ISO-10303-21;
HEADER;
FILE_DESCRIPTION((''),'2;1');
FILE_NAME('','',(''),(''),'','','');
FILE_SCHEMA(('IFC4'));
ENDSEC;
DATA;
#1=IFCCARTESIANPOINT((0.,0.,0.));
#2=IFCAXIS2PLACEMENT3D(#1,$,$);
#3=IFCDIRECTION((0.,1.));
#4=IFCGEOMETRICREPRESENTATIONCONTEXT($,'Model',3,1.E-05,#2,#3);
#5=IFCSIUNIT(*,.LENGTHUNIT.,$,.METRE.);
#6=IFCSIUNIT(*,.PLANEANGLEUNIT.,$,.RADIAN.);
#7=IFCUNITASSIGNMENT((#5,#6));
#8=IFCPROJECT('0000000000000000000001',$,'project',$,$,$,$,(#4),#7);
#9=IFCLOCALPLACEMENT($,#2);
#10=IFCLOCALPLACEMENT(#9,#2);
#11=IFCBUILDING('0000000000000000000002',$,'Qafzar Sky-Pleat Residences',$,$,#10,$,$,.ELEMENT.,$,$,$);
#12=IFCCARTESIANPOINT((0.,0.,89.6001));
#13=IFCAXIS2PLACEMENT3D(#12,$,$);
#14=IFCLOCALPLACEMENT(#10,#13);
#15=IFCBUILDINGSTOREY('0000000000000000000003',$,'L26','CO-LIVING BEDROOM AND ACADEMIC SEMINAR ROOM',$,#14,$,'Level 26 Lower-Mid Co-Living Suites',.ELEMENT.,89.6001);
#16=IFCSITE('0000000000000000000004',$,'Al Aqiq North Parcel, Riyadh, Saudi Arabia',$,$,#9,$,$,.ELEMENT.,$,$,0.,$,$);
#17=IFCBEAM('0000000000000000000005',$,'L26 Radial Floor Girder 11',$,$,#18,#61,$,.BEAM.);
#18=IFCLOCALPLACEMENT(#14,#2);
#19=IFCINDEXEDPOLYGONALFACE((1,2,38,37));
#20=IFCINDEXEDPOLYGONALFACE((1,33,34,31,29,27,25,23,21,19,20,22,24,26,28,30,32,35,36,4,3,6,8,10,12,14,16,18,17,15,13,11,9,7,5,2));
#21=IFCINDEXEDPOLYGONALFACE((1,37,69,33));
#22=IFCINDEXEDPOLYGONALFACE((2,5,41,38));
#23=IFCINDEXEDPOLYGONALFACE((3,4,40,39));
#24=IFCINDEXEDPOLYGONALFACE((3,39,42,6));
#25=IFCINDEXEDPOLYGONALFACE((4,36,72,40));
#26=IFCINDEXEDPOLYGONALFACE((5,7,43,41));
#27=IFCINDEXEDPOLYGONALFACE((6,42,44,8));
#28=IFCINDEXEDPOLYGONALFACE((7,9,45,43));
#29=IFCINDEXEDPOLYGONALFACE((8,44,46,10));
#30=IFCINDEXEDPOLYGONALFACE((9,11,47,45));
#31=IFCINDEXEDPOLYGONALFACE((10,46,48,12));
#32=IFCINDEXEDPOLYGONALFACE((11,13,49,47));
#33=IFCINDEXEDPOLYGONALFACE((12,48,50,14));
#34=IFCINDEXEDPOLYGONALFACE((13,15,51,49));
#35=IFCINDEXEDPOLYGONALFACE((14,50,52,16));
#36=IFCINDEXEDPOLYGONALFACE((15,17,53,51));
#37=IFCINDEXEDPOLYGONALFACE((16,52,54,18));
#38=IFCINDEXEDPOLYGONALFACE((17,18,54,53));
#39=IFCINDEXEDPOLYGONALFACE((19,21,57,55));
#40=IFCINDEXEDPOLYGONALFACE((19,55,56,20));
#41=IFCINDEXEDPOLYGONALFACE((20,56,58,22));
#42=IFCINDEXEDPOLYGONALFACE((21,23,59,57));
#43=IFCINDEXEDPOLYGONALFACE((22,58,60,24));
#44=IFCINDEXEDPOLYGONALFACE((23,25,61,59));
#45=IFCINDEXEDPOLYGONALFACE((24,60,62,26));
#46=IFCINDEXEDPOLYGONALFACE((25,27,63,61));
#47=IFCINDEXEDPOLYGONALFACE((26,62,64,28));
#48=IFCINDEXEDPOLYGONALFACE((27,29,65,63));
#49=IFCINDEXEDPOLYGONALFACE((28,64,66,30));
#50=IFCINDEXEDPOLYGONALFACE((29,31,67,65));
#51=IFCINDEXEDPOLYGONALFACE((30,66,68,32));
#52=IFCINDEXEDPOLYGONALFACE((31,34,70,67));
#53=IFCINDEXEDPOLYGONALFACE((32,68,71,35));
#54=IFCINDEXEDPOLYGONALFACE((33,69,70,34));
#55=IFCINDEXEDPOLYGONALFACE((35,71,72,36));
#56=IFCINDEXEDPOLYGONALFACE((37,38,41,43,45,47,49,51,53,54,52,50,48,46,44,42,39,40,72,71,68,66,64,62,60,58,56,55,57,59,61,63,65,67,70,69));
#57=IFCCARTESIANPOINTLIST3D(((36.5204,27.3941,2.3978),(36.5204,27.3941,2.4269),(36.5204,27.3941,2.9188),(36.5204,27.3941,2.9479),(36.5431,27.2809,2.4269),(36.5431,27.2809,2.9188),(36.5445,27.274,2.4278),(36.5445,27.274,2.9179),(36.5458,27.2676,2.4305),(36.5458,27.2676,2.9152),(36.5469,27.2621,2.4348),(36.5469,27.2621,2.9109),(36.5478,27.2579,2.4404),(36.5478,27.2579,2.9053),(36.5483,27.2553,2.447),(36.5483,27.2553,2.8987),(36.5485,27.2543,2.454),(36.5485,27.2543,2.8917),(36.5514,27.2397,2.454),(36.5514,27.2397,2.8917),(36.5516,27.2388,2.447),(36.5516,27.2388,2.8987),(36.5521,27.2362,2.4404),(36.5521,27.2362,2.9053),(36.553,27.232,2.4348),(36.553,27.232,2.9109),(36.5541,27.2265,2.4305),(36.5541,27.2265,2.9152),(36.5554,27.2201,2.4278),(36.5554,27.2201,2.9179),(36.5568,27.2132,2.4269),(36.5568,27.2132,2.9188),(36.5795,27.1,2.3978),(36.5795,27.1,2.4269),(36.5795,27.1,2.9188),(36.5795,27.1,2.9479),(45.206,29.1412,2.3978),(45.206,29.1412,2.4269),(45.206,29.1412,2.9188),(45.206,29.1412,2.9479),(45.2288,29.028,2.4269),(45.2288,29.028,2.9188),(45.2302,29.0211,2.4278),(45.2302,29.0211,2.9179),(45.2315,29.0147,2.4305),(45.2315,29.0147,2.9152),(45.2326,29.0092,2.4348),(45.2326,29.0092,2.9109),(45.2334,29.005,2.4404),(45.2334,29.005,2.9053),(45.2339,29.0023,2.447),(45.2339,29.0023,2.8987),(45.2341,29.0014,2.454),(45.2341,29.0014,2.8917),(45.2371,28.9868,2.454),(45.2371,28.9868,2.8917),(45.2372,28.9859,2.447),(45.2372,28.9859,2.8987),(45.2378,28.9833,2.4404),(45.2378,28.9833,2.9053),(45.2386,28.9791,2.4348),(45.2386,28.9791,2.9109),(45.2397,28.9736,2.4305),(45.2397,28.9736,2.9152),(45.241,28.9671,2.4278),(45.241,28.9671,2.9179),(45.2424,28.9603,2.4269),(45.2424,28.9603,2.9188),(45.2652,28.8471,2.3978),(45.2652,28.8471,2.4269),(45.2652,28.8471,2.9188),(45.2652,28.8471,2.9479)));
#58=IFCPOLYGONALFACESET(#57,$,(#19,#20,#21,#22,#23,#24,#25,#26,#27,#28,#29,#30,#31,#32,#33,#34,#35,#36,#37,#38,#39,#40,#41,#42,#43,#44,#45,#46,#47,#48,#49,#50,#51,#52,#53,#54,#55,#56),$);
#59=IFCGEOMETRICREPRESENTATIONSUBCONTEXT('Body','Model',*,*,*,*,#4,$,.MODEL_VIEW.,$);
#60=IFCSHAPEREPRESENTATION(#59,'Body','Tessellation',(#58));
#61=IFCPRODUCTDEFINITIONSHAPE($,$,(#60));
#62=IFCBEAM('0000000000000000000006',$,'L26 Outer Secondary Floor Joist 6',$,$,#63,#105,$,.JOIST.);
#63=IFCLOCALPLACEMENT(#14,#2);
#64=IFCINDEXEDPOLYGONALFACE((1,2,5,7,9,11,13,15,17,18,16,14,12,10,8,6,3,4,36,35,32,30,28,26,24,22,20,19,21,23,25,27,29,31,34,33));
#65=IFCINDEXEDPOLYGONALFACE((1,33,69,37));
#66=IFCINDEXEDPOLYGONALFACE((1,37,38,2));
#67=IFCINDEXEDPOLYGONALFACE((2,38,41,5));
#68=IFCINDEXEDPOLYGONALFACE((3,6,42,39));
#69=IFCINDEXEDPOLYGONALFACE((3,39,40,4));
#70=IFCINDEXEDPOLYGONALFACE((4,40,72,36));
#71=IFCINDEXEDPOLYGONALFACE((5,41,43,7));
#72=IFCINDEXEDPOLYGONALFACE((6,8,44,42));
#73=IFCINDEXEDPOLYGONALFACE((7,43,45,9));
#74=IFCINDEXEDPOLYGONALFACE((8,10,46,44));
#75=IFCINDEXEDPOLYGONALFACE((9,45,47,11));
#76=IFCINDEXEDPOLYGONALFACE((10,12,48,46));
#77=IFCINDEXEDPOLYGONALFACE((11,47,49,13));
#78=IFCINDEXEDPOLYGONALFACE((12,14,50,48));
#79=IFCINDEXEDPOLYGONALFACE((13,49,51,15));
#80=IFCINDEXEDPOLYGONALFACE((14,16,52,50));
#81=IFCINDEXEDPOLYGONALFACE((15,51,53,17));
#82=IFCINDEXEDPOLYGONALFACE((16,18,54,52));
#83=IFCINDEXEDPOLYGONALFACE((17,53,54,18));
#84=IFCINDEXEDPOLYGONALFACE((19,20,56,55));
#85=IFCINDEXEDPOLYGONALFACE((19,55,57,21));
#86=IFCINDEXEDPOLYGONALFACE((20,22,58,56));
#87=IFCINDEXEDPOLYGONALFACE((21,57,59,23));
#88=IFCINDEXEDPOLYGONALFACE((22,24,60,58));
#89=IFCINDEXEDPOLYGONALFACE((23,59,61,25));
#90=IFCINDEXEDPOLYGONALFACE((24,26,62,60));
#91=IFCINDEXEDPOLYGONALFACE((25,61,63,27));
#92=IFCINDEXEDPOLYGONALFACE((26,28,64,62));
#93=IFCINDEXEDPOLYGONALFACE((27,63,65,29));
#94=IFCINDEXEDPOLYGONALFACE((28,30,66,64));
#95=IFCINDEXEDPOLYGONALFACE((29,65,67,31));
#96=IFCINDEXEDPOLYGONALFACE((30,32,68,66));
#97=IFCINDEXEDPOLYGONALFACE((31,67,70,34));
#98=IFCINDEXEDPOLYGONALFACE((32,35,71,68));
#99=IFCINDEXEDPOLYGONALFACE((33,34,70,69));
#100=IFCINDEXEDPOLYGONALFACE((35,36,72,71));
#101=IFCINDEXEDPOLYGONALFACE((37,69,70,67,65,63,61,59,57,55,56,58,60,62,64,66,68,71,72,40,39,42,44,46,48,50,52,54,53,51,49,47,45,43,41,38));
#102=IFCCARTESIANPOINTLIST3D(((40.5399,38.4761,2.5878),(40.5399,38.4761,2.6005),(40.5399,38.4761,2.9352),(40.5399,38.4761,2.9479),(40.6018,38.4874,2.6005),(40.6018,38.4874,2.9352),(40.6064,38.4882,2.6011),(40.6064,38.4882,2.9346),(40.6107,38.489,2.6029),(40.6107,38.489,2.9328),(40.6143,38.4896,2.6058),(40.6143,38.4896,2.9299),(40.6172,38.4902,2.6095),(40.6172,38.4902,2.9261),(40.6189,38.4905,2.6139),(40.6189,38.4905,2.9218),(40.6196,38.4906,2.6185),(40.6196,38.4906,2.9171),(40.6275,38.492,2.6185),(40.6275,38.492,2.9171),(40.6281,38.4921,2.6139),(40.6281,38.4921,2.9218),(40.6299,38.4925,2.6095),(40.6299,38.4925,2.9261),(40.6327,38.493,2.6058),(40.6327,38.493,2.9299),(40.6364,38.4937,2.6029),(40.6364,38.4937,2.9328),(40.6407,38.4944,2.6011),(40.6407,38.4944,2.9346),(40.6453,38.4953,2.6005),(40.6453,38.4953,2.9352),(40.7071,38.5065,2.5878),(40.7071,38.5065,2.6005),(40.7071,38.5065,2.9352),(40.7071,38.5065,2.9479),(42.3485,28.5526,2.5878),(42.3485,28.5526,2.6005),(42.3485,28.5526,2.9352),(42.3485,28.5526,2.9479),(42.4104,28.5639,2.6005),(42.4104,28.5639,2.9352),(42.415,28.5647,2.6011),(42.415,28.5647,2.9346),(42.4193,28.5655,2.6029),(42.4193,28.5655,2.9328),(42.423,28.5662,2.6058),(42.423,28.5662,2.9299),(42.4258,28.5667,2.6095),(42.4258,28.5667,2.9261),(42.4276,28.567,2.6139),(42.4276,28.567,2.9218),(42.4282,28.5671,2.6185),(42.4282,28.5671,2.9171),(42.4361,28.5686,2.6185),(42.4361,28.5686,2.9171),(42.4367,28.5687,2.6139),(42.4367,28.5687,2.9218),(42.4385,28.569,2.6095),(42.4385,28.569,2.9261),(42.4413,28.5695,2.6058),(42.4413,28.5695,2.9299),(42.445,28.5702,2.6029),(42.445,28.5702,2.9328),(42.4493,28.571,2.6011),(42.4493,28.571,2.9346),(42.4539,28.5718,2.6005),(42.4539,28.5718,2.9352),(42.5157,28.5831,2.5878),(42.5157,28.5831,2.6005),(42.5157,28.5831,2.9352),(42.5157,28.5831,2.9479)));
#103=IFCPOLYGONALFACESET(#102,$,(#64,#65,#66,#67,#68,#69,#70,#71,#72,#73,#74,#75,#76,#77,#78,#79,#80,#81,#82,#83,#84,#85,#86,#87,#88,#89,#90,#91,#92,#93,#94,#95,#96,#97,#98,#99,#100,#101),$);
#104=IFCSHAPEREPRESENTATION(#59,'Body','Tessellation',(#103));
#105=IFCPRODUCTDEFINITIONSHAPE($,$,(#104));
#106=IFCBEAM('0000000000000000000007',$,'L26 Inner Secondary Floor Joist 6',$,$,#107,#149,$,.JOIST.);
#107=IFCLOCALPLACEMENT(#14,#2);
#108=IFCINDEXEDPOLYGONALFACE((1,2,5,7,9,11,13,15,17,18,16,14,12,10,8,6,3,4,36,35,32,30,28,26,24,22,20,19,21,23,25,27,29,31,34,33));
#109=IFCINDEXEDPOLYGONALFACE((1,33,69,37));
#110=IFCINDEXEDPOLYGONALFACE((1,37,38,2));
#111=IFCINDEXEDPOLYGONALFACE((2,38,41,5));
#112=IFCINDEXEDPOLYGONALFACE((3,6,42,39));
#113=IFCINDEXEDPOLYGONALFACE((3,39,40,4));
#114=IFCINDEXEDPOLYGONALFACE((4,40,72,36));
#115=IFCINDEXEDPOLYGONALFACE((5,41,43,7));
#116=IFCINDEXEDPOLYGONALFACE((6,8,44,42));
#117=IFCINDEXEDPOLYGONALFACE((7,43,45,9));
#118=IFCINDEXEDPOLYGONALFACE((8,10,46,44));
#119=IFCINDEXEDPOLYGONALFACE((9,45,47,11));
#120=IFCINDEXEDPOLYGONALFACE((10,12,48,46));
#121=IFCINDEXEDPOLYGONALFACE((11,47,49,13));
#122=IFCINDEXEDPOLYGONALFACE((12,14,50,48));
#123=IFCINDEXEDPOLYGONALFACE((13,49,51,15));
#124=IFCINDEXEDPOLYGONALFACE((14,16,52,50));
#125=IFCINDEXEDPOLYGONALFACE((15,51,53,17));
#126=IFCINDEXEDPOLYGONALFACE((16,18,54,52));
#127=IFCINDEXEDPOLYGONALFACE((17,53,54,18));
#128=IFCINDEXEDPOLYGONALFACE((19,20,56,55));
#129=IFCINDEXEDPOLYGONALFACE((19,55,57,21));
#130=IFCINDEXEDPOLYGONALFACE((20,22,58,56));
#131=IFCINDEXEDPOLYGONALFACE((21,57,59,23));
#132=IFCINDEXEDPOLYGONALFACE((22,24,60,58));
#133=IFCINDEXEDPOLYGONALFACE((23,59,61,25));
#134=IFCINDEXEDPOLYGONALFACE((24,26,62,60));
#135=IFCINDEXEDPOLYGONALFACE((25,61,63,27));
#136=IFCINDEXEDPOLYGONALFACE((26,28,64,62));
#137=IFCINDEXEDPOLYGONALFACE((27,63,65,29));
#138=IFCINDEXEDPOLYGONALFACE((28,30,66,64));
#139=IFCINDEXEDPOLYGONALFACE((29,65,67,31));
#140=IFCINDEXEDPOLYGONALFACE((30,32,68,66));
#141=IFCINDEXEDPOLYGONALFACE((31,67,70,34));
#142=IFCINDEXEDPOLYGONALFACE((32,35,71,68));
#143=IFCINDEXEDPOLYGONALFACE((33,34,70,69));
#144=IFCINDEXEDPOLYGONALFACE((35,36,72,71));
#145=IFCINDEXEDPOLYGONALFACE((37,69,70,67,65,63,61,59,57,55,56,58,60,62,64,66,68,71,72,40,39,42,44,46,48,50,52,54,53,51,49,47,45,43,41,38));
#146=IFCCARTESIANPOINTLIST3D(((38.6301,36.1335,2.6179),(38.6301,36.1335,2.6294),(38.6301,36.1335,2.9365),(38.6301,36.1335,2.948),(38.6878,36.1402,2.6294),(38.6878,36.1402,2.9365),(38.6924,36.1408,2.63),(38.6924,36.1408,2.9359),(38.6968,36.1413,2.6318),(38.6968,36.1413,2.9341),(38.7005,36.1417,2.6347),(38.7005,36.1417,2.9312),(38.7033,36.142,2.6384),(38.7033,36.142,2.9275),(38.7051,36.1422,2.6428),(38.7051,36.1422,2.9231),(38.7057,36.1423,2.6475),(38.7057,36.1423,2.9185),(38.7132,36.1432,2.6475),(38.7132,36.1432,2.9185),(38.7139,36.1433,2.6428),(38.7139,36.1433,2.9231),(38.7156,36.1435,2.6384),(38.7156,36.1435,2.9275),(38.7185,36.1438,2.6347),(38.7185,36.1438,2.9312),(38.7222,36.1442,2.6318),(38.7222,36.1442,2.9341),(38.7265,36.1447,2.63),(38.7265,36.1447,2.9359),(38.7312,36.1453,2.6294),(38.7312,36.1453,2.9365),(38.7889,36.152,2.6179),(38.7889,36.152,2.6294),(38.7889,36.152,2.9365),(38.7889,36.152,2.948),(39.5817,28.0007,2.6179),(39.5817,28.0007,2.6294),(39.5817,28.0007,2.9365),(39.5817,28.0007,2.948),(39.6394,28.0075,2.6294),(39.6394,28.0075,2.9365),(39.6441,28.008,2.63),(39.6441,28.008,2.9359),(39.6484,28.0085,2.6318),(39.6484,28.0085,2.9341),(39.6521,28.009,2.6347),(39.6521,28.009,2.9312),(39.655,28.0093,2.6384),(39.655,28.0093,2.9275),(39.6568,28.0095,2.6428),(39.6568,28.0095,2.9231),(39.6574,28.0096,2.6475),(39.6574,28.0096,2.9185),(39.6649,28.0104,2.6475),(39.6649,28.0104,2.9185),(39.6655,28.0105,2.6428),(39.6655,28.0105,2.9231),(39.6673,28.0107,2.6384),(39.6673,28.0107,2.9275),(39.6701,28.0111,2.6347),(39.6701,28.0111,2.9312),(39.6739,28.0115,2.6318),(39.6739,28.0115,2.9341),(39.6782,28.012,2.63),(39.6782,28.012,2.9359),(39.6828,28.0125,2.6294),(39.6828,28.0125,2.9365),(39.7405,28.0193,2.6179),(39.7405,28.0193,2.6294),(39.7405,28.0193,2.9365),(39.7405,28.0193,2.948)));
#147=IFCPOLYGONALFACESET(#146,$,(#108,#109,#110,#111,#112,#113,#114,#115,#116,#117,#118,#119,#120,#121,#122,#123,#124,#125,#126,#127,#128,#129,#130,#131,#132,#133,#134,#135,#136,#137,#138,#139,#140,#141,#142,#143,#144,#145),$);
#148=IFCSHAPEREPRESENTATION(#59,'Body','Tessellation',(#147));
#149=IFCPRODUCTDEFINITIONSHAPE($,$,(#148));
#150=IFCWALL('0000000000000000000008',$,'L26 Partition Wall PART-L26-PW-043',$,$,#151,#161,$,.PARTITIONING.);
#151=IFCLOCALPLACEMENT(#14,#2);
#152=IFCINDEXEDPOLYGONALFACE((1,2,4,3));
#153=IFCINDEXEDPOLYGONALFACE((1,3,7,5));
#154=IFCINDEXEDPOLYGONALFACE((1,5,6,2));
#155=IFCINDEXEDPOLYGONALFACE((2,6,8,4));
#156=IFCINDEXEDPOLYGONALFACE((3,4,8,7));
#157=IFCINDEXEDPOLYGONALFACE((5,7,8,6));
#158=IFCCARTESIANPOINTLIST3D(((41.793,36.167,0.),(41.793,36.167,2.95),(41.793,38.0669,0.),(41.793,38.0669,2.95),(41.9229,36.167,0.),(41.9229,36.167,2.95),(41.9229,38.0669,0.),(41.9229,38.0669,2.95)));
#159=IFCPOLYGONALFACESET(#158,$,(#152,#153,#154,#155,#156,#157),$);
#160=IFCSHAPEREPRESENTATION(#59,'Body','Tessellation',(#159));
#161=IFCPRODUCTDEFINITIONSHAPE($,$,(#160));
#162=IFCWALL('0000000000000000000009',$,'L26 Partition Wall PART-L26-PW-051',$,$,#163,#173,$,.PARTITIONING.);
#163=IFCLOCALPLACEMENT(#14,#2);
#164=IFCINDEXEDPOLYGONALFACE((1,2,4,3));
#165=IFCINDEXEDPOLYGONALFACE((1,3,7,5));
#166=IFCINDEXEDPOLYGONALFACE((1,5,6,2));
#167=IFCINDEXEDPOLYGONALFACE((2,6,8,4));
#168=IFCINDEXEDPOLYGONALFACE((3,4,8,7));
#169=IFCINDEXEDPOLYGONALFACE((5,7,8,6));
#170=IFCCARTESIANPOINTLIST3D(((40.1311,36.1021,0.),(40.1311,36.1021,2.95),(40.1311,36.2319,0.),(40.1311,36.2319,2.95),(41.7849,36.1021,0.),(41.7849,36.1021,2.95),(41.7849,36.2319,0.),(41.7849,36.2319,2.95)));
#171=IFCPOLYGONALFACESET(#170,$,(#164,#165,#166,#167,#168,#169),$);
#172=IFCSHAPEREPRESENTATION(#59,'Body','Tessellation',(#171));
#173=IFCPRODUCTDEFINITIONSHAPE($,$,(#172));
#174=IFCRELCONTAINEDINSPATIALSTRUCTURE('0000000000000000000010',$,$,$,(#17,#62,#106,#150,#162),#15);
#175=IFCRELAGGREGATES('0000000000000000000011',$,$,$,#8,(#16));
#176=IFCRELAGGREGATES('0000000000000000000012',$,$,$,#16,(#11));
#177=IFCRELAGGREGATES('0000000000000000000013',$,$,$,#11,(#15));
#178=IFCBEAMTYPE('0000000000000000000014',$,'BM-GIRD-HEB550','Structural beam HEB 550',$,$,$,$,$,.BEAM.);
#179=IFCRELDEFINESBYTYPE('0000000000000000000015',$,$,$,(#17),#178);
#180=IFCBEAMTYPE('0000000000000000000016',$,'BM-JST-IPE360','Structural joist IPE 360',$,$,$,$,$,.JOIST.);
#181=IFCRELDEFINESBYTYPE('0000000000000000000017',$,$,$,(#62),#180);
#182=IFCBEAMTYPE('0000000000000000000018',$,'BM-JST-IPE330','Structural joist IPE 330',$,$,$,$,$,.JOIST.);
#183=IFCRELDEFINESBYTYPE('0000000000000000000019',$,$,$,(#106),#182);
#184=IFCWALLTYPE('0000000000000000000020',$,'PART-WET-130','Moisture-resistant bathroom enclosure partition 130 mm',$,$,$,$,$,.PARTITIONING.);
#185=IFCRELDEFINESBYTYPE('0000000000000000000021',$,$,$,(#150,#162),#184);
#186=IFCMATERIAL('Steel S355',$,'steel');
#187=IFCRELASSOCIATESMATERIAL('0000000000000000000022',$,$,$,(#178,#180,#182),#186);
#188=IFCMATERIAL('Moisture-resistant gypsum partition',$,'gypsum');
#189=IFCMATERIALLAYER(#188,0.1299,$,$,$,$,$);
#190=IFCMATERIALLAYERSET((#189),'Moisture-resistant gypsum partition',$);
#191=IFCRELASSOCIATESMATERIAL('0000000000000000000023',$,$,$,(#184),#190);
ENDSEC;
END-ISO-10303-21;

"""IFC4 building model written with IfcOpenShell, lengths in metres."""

from ifc_helpers import new_model, si_unit, direction, frame, frame_2d, origin, origin_2d, place, context, subcontext, project, spatial, rectangle, i_section, extrude, source, transform, mapped, material, layer, layer_set, material_profile, profile_set, type_object, element, save


model = new_model("IFC4")

# Units and contexts
model_context = context("Model", 3, precision=1e-05, world=origin(), true_north=direction((0.0, 1.0)))
body_context = subcontext(model_context, "Body", "Model", "MODEL_VIEW")
ifc_project = project(units=[si_unit("LENGTHUNIT", "METRE"), si_unit("PLANEANGLEUNIT", "RADIAN")], contexts=[model_context])

# Site, building, storey
site_placement = place(None, origin())
site = spatial("IfcSite", under=ifc_project, at=site_placement, Name="Al Aqiq North Parcel, Riyadh, Saudi Arabia", CompositionType="ELEMENT", RefElevation=0.0)
building_placement = place(site_placement, origin())
building = spatial("IfcBuilding", under=site, at=building_placement, Name="Qafzar Sky-Pleat Residences", CompositionType="ELEMENT")
storey_placement = place(building_placement, frame((0.0, 0.0, 89.6001)))
storey = spatial("IfcBuildingStorey", under=building, at=storey_placement, Name="L26", Description="CO-LIVING BEDROOM AND ACADEMIC SEMINAR ROOM", LongName="Level 26 Lower-Mid Co-Living Suites", CompositionType="ELEMENT", Elevation=89.6001)

# Beams
ifc_material_1 = material(Name="Steel S355", Category="steel")
ifc_material_profile_1 = material_profile(ifc_material_1, i_section(OverallWidth=0.3, OverallDepth=0.55, WebThickness=0.0149, FlangeThickness=0.0291, FilletRadius=0.0271, at=origin_2d()), Name="HEB 550")
ifc_profile_set_1 = profile_set([ifc_material_profile_1], Name="Steel S355")
beam_type_1 = type_object("IfcBeamType", Name="BM-GIRD-HEB550", Description="Structural beam HEB 550", PredefinedType="BEAM", material=ifc_profile_set_1)
shared_shape_1 = source(origin(), body_context, "Body", "SweptSolid", [
    extrude(i_section(OverallWidth=0.3, OverallDepth=0.55, WebThickness=0.0149, FlangeThickness=0.0291, FilletRadius=0.0271, at=origin_2d()), origin(), (0.0, 0.0, 1.0), 8.8596),
])
beam_1_placement = place(storey_placement, frame((45.2356, 28.9941, 2.6729), z_axis=(-0.980364, -0.197197, 0.0), x_axis=(0.197197, -0.980364, 0.0)))
element("IfcBeam", 1, at=beam_1_placement, inside=storey, type_object=beam_type_1, Name="L26 Radial Floor Girder 11", PredefinedType="BEAM", context=body_context, shape_type="MappedRepresentation", body=[
    mapped(shared_shape_1, transform((0.0, 0.0, 0.0), x_axis=(1.0, 0.0, 0.0), y_axis=(0.0, 1.0, 0.0), z_axis=(0.0, 0.0, 1.0), scale=1.0)),
])
ifc_material_profile_2 = material_profile(ifc_material_1, i_section(OverallWidth=0.1699, OverallDepth=0.3601, WebThickness=0.0081, FlangeThickness=0.0127, FilletRadius=0.0181, at=origin_2d()), Name="IPE 360")
ifc_profile_set_2 = profile_set([ifc_material_profile_2], Name="Steel S355")
beam_type_2 = type_object("IfcBeamType", Name="BM-JST-IPE360", Description="Structural joist IPE 360", PredefinedType="JOIST", material=ifc_profile_set_2)
shared_shape_2 = source(origin(), body_context, "Body", "SweptSolid", [
    extrude(i_section(OverallWidth=0.1699, OverallDepth=0.3601, WebThickness=0.0081, FlangeThickness=0.0127, FilletRadius=0.0181, at=origin_2d()), origin(), (0.0, 0.0, 1.0), 10.0869),
])
beam_2_placement = place(storey_placement, frame((42.4321, 28.5679, 2.7678), z_axis=(-0.179303, 0.983794, 0.0), x_axis=(-0.983794, -0.179303, 0.0)))
element("IfcBeam", 2, at=beam_2_placement, inside=storey, type_object=beam_type_2, Name="L26 Outer Secondary Floor Joist 6", PredefinedType="JOIST", context=body_context, shape_type="MappedRepresentation", body=[
    mapped(shared_shape_2, transform((0.0, 0.0, 0.0), x_axis=(1.0, 0.0, 0.0), y_axis=(0.0, 1.0, 0.0), z_axis=(0.0, 0.0, 1.0), scale=1.0)),
])
ifc_material_profile_3 = material_profile(ifc_material_1, i_section(OverallWidth=0.1599, OverallDepth=0.3301, WebThickness=0.0076, FlangeThickness=0.0115, FilletRadius=0.0181, at=origin_2d()), Name="IPE 330")
ifc_profile_set_3 = profile_set([ifc_material_profile_3], Name="Steel S355")
beam_type_3 = type_object("IfcBeamType", Name="BM-JST-IPE330", Description="Structural joist IPE 330", PredefinedType="JOIST", material=ifc_profile_set_3)
shared_shape_3 = source(origin(), body_context, "Body", "SweptSolid", [
    extrude(i_section(OverallWidth=0.1599, OverallDepth=0.3301, WebThickness=0.0076, FlangeThickness=0.0115, FilletRadius=0.0181, at=origin_2d()), origin(), (0.0, 0.0, 1.0), 8.1882),
])
beam_3_placement = place(storey_placement, frame((39.6611, 28.01, 2.783), z_axis=(-0.116222, 0.993223, 0.0), x_axis=(-0.993223, -0.116222, 0.0)))
element("IfcBeam", 3, at=beam_3_placement, inside=storey, type_object=beam_type_3, Name="L26 Inner Secondary Floor Joist 6", PredefinedType="JOIST", context=body_context, shape_type="MappedRepresentation", body=[
    mapped(shared_shape_3, transform((0.0, 0.0, 0.0), x_axis=(1.0, 0.0, 0.0), y_axis=(0.0, 1.0, 0.0), z_axis=(0.0, 0.0, 1.0), scale=1.0)),
])

# Walls
ifc_material_2 = material(Name="Moisture-resistant gypsum partition", Category="gypsum")
ifc_layer_1 = layer(ifc_material_2, 0.1299)
ifc_layer_set_1 = layer_set([ifc_layer_1], Name="Moisture-resistant gypsum partition")
wall_type_1 = type_object("IfcWallType", Name="PART-WET-130", Description="Moisture-resistant bathroom enclosure partition 130 mm", PredefinedType="PARTITIONING", material=ifc_layer_set_1)
wall_1_placement = place(storey_placement, frame((41.8579, 36.167, 0.0), z_axis=(0.0, 0.0, 1.0), x_axis=(0.0, 1.0, 0.0)))
element("IfcWall", 4, at=wall_1_placement, inside=storey, type_object=wall_type_1, Name="L26 Partition Wall PART-L26-PW-043", PredefinedType="PARTITIONING", context=body_context, shape_type="SweptSolid", body=[
    extrude(rectangle(XDim=1.8999, YDim=0.1299, at=frame_2d((0.95, 0.0))), origin(), (0.0, 0.0, 1.0), 2.95),
])
wall_2_placement = place(storey_placement, frame((40.1311, 36.167, 0.0), z_axis=(0.0, 0.0, 1.0), x_axis=(1.0, 0.0, 0.0)))
element("IfcWall", 5, at=wall_2_placement, inside=storey, type_object=wall_type_1, Name="L26 Partition Wall PART-L26-PW-051", PredefinedType="PARTITIONING", context=body_context, shape_type="SweptSolid", body=[
    extrude(rectangle(XDim=1.6538, YDim=0.1299, at=frame_2d((0.8269, 0.0))), origin(), (0.0, 0.0, 1.0), 2.95),
])

save(model, "model.ifc")
